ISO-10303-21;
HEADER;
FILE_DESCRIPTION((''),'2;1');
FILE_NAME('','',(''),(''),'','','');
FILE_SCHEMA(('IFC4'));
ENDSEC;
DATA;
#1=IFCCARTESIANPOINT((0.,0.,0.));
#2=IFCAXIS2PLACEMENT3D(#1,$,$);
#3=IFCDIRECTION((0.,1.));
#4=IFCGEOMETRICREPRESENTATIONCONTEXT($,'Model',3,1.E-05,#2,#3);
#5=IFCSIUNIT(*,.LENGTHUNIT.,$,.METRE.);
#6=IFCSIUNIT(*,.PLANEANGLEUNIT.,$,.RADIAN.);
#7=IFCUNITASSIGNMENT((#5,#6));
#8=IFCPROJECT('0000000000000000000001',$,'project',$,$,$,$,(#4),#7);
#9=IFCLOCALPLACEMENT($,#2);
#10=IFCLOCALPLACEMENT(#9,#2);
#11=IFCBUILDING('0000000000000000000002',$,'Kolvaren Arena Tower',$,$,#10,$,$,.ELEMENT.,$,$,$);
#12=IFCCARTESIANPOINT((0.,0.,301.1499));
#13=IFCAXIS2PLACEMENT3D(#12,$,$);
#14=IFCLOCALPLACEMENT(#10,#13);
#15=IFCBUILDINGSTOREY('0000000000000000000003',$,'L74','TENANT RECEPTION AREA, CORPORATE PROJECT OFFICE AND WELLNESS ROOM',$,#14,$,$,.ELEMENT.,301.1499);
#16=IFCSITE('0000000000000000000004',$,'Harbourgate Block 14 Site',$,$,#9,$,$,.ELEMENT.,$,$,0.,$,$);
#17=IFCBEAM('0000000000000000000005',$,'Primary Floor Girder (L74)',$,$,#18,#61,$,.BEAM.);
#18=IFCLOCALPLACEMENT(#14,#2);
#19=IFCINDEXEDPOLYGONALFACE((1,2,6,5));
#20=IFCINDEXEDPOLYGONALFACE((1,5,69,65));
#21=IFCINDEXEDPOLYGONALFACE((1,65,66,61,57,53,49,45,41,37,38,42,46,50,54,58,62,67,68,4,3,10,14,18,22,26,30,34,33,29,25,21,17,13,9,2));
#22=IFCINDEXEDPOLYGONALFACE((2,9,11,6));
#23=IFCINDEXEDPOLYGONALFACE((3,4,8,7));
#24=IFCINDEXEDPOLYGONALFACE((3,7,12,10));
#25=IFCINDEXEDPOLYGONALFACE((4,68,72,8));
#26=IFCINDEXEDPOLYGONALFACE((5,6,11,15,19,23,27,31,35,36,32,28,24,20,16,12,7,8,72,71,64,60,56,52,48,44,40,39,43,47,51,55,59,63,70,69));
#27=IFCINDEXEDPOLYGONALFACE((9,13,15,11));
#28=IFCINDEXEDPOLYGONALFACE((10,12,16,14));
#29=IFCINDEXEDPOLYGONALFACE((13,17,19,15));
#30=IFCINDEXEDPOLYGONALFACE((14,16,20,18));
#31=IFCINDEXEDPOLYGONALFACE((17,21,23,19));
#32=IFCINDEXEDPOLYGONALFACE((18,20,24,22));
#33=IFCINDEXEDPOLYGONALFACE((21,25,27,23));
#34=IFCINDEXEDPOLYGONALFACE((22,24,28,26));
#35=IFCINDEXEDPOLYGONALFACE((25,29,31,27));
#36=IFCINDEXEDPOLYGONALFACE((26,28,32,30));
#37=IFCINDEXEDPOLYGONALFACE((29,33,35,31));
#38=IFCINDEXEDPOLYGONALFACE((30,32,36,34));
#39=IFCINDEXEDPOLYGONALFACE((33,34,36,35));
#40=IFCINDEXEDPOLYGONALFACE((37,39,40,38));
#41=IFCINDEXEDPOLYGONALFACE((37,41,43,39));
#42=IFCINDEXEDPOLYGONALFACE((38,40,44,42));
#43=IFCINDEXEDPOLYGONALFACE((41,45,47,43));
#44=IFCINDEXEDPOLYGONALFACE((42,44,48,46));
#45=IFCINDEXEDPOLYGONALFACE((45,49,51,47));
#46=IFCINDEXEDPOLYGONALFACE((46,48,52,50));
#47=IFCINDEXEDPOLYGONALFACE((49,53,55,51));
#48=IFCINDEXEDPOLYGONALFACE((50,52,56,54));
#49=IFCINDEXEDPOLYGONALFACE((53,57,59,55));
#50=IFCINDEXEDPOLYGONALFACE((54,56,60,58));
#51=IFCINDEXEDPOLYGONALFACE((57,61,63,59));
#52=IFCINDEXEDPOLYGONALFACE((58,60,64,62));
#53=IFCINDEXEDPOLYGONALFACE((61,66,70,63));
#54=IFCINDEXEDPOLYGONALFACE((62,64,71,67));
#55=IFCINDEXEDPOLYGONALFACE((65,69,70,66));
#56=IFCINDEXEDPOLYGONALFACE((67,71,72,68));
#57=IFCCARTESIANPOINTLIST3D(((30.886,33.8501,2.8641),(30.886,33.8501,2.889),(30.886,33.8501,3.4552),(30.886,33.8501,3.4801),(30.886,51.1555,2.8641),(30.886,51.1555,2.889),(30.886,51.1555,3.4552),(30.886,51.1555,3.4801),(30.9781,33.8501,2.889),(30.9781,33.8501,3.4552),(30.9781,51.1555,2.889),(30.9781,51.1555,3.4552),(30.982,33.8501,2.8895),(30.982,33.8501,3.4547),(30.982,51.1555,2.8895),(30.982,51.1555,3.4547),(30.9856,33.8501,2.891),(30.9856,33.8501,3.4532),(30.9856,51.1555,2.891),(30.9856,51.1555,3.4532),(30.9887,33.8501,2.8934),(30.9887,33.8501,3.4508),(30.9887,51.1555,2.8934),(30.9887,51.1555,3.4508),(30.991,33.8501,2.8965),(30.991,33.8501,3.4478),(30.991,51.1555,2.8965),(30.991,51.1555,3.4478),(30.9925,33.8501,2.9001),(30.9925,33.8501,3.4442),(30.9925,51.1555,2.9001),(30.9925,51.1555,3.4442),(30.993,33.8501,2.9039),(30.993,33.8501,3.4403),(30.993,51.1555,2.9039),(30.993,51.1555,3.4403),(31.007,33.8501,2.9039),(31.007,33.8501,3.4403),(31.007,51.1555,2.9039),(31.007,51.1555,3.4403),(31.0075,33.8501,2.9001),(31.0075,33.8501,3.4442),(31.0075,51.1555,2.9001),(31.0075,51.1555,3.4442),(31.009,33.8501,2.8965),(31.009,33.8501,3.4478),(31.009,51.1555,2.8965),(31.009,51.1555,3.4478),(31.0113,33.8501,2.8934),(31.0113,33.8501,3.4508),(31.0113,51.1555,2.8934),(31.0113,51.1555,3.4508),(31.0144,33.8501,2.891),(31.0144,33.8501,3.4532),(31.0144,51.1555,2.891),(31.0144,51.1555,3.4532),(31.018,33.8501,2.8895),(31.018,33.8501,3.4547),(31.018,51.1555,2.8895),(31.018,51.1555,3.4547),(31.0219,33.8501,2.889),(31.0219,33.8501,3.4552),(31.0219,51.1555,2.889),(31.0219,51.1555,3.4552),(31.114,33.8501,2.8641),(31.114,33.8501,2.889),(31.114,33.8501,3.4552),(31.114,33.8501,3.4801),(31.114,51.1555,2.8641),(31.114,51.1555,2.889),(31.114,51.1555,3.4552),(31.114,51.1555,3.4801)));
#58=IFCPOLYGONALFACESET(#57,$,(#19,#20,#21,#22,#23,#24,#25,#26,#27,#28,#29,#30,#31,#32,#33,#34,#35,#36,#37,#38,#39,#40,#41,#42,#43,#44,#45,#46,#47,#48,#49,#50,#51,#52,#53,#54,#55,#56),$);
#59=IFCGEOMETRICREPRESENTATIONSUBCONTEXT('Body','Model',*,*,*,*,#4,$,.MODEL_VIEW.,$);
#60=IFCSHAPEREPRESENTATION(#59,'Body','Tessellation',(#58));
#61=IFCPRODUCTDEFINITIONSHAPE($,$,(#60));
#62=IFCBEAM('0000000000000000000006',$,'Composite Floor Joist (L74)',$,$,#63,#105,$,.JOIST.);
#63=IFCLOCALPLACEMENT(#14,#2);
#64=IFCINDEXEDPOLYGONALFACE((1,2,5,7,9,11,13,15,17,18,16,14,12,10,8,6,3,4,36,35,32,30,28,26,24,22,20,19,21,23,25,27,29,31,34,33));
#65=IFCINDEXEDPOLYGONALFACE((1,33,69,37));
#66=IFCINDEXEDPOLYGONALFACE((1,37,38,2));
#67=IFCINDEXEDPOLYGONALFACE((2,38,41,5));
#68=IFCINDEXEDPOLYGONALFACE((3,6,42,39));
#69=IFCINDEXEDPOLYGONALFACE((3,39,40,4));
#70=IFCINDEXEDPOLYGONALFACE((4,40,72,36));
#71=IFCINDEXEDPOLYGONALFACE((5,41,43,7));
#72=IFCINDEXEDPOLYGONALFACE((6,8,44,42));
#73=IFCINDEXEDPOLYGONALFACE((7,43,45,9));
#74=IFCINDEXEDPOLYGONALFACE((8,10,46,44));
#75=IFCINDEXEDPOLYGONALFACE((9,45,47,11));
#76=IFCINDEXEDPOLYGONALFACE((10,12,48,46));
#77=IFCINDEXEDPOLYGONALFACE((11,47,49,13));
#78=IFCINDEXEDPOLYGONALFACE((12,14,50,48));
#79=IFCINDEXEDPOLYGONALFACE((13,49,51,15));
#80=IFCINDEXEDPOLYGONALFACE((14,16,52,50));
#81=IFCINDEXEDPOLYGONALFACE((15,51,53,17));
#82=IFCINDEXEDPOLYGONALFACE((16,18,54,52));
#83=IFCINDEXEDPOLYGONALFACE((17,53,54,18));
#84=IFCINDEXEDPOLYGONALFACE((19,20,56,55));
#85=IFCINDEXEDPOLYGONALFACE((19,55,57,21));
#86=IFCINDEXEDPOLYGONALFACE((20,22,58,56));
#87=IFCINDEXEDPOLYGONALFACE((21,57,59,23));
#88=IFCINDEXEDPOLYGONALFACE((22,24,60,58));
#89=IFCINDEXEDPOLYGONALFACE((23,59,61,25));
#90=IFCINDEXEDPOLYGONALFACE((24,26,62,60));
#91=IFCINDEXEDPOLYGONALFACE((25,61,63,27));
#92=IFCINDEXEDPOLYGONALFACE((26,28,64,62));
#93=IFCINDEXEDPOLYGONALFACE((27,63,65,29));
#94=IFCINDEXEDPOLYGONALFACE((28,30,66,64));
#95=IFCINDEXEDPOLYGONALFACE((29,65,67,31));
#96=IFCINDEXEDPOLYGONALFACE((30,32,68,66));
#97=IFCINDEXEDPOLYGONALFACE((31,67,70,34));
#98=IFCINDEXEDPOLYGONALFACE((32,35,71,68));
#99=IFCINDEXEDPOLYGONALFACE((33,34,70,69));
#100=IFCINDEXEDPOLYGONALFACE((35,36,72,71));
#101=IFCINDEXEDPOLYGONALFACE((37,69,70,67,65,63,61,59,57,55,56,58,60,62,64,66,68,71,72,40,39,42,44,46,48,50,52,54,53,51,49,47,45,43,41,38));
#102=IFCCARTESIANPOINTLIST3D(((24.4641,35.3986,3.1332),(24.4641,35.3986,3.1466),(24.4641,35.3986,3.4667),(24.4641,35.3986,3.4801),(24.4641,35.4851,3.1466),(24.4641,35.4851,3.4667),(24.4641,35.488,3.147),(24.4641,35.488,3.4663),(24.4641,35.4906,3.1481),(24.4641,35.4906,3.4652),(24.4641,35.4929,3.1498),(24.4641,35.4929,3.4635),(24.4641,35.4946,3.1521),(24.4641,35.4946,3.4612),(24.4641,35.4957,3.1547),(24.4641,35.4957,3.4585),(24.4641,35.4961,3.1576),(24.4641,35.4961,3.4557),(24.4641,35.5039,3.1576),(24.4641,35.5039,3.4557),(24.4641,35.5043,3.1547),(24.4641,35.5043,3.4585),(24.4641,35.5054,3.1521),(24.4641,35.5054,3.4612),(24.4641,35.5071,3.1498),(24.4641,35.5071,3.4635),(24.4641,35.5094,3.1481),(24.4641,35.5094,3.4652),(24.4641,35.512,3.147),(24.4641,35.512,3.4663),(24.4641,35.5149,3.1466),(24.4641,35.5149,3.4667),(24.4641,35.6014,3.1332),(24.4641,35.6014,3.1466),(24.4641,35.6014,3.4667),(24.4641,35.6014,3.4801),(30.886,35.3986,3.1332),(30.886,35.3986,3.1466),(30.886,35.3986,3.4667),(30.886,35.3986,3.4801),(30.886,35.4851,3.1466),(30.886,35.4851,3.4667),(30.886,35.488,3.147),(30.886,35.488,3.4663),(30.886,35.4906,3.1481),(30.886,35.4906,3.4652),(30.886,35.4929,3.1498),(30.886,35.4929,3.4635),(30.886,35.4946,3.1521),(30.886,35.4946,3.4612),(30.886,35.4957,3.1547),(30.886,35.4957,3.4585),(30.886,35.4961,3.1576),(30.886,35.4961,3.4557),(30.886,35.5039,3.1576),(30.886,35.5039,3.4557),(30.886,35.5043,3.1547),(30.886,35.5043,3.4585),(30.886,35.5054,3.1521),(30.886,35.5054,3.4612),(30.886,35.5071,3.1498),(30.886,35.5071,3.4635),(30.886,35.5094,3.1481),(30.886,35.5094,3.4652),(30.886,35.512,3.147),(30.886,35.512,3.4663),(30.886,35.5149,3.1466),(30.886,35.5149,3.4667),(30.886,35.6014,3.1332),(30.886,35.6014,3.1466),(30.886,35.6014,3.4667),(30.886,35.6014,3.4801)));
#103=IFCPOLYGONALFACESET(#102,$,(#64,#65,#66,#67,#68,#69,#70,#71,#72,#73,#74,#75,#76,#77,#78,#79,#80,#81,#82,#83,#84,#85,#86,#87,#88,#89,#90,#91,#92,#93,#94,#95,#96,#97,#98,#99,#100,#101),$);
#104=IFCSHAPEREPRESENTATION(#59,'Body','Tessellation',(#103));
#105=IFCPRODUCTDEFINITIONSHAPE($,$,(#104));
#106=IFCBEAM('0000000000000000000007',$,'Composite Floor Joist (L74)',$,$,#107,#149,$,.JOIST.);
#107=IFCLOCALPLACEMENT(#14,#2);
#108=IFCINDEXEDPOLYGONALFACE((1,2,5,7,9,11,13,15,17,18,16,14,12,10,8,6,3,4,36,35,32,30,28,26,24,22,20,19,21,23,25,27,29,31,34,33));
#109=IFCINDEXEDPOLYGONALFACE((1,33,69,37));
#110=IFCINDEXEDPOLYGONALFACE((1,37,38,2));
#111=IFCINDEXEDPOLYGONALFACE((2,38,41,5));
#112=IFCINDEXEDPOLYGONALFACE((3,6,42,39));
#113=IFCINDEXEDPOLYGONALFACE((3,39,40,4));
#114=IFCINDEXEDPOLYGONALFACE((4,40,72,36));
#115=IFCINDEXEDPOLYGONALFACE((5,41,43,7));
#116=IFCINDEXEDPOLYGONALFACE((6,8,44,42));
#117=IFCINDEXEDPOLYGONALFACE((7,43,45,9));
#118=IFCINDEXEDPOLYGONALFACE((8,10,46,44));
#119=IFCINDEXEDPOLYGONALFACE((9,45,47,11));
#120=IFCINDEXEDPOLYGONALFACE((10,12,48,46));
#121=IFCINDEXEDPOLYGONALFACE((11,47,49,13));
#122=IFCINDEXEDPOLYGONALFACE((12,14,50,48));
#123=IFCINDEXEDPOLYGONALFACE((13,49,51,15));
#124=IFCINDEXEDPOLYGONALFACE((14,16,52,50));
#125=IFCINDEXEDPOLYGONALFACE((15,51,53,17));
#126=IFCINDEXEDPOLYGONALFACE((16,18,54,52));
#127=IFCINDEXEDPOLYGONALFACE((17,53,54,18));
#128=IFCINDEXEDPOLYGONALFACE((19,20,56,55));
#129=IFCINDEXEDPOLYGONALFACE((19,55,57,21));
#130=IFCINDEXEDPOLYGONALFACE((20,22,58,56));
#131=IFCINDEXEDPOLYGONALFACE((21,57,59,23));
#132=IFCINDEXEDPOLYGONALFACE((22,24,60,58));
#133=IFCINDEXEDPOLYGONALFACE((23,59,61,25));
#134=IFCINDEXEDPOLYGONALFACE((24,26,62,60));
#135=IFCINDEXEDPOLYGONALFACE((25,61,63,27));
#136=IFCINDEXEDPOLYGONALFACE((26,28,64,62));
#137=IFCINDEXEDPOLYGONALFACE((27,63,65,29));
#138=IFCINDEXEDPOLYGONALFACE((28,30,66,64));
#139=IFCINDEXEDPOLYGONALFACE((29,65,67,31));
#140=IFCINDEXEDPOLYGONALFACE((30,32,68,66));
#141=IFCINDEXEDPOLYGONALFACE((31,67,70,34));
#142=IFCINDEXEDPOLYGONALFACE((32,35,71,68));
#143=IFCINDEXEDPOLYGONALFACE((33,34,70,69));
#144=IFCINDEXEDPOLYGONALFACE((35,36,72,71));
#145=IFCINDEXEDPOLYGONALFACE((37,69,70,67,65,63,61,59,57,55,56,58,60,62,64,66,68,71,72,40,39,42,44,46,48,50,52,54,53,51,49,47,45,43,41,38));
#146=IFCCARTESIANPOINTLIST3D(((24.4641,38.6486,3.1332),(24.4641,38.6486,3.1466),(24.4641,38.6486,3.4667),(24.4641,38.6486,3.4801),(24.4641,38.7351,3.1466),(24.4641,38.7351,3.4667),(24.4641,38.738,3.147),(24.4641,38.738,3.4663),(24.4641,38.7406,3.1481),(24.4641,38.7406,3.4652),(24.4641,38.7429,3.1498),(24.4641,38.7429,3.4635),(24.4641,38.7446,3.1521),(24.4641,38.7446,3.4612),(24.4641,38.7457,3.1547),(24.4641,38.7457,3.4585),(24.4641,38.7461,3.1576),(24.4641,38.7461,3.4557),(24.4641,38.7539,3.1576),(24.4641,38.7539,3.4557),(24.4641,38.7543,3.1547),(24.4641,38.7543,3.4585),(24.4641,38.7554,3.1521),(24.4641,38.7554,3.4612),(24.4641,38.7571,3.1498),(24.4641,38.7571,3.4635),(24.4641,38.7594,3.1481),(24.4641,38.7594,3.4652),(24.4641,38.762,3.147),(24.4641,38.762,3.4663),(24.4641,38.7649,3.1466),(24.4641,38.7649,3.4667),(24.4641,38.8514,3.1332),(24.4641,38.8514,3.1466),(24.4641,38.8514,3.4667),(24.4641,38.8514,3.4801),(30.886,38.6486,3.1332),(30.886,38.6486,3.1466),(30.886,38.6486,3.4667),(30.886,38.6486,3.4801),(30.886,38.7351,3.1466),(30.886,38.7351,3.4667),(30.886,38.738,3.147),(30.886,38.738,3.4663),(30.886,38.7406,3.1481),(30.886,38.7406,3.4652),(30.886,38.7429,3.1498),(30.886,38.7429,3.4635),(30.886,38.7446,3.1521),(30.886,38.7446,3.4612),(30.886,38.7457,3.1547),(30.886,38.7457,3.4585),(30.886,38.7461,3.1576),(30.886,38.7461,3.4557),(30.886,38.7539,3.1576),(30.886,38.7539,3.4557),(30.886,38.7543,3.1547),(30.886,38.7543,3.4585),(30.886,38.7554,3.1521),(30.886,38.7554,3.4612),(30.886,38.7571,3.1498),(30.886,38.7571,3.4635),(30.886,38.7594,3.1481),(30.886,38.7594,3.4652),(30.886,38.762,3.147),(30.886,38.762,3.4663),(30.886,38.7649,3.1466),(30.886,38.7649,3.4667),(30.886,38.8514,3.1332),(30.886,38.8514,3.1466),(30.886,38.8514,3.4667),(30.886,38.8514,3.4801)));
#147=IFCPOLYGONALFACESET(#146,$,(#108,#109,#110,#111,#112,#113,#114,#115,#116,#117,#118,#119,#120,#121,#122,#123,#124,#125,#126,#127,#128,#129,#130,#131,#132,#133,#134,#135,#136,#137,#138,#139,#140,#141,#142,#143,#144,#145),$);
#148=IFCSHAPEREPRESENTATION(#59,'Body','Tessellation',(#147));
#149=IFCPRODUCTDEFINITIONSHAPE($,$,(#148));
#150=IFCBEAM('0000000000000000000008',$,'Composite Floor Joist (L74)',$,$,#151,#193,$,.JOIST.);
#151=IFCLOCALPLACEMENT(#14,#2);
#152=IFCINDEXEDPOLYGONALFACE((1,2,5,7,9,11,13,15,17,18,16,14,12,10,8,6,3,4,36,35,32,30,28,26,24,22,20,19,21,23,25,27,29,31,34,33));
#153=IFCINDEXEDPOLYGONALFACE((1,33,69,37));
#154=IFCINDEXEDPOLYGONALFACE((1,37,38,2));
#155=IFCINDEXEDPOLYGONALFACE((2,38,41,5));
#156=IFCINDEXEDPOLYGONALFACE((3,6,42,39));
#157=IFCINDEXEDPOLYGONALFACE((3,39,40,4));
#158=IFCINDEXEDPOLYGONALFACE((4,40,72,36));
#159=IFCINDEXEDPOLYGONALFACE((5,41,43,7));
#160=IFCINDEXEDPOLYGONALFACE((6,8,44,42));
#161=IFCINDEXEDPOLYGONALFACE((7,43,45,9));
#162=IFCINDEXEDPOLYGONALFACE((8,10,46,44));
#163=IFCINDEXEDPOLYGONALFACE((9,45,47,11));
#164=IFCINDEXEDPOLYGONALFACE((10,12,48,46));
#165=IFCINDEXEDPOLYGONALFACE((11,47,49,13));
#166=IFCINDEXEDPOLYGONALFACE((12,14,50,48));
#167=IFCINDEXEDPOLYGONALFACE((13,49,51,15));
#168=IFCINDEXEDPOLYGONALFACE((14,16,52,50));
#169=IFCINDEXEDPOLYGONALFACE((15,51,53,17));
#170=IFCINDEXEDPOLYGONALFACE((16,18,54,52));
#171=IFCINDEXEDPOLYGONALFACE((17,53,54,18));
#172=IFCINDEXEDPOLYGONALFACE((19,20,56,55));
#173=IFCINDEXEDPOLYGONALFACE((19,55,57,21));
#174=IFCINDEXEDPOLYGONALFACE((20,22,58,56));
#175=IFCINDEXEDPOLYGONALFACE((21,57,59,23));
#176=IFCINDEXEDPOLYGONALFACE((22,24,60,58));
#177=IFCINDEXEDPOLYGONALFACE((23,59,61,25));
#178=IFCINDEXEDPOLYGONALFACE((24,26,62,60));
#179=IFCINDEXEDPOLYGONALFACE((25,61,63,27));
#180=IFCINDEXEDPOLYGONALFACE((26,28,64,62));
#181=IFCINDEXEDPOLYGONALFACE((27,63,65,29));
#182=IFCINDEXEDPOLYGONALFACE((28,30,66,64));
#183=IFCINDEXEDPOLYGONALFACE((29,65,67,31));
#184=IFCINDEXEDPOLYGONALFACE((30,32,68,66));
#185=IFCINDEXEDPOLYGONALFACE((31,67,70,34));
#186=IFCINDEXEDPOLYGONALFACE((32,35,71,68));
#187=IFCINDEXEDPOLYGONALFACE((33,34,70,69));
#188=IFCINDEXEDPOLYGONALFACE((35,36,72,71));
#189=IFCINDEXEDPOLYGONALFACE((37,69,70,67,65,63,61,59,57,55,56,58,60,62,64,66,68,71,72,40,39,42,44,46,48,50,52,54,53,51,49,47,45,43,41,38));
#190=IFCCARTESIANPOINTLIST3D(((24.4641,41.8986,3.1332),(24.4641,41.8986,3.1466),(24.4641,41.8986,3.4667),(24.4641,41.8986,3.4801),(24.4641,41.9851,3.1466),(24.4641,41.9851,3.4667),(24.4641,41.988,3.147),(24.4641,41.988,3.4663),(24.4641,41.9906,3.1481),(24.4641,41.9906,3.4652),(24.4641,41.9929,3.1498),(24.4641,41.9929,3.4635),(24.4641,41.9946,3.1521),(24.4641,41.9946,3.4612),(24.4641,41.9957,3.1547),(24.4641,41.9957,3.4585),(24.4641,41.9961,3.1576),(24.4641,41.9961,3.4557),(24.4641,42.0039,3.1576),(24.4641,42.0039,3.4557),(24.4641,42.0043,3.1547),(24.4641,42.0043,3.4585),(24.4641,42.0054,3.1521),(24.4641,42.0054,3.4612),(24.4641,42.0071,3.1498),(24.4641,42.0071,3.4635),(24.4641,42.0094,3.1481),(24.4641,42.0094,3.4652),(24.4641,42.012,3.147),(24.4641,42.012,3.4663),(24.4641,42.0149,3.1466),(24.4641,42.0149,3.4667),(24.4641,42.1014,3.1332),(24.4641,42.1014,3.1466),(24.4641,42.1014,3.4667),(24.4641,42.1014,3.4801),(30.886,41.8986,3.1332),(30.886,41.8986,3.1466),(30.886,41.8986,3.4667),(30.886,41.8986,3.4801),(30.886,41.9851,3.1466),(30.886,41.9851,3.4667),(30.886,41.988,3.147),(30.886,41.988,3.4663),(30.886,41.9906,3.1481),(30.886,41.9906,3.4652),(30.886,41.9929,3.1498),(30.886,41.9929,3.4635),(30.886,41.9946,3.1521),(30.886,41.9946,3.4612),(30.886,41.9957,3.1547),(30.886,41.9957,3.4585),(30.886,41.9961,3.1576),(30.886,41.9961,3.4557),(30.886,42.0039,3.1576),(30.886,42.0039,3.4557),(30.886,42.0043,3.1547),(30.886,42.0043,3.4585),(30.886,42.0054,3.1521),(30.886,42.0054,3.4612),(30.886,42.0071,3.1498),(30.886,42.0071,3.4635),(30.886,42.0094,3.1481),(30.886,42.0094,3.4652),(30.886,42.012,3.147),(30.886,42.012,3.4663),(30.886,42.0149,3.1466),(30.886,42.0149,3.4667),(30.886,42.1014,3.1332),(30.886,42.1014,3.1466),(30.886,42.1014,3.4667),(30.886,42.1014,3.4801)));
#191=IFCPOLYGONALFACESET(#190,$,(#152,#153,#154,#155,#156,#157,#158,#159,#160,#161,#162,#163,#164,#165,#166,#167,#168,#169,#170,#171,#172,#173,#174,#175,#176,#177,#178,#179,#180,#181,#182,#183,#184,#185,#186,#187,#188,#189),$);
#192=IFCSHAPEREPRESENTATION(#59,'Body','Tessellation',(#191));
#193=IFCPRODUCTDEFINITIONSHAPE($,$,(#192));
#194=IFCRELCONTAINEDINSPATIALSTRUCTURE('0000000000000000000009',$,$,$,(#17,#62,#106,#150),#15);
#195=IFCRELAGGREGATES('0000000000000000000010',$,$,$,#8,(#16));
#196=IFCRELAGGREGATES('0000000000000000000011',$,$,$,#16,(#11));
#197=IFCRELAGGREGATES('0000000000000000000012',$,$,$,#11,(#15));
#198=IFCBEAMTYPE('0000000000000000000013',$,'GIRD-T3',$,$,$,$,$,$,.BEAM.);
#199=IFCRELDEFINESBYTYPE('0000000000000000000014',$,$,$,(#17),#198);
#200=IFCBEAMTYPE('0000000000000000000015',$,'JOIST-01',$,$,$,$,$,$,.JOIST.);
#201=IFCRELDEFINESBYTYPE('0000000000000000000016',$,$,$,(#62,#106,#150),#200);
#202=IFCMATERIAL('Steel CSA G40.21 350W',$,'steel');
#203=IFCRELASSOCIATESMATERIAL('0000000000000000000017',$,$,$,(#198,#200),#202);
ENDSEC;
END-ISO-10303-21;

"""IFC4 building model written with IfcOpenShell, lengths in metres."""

from ifc_helpers import new_model, si_unit, direction, frame, origin, origin_2d, place, context, subcontext, project, spatial, i_section, extrude, material, material_profile, profile_set, type_object, element, save


model = new_model("IFC4")

# Units and contexts
model_context = context("Model", 3, precision=1e-05, world=origin(), true_north=direction((0.0, 1.0)))
body_context = subcontext(model_context, "Body", "Model", "MODEL_VIEW")
ifc_project = project(units=[si_unit("LENGTHUNIT", "METRE"), si_unit("PLANEANGLEUNIT", "RADIAN")], contexts=[model_context])

# Site, building, storey
site_placement = place(None, origin())
site = spatial("IfcSite", under=ifc_project, at=site_placement, Name="Harbourgate Block 14 Site", CompositionType="ELEMENT", RefElevation=0.0)
building_placement = place(site_placement, origin())
building = spatial("IfcBuilding", under=site, at=building_placement, Name="Kolvaren Arena Tower", CompositionType="ELEMENT")
storey_placement = place(building_placement, frame((0.0, 0.0, 301.1499)))
storey = spatial("IfcBuildingStorey", under=building, at=storey_placement, Name="L74", Description="TENANT RECEPTION AREA, CORPORATE PROJECT OFFICE AND WELLNESS ROOM", CompositionType="ELEMENT", Elevation=301.1499)

# Beams
ifc_material_1 = material(Name="Steel CSA G40.21 350W", Category="steel")
ifc_material_profile_1 = material_profile(ifc_material_1, i_section(OverallWidth=0.228, OverallDepth=0.616, WebThickness=0.0139, FlangeThickness=0.0249, FilletRadius=0.0149, at=origin_2d()), Name="W610x174")
ifc_profile_set_1 = profile_set([ifc_material_profile_1], Name="Steel CSA G40.21 350W")
beam_type_1 = type_object("IfcBeamType", Name="GIRD-T3", PredefinedType="BEAM", material=ifc_profile_set_1)
beam_1_placement = place(storey_placement, frame((31.0, 33.8501, 3.1721), z_axis=(0.0, 1.0, 0.0), x_axis=(-1.0, 0.0, 0.0)))
element("IfcBeam", 1, at=beam_1_placement, inside=storey, type_object=beam_type_1, Name="Primary Floor Girder (L74)", PredefinedType="BEAM", context=body_context, shape_type="SweptSolid", body=[
    extrude(i_section(OverallWidth=0.228, OverallDepth=0.616, WebThickness=0.0139, FlangeThickness=0.0249, FilletRadius=0.0149, at=origin_2d()), origin(), (0.0, 0.0, 1.0), 17.3054),
])
ifc_material_profile_2 = material_profile(ifc_material_1, i_section(OverallWidth=0.2029, OverallDepth=0.3469, WebThickness=0.0078, FlangeThickness=0.0134, FilletRadius=0.011, at=origin_2d()), Name="W360x64")
ifc_profile_set_2 = profile_set([ifc_material_profile_2], Name="Steel CSA G40.21 350W")
beam_type_2 = type_object("IfcBeamType", Name="JOIST-01", PredefinedType="JOIST", material=ifc_profile_set_2)
for number, where, z_axis, x_axis, name in (
    (2, (24.4641, 35.5, 3.3066), (1.0, 0.0, 0.0), (0.0, 1.0, 0.0), "Composite Floor Joist (L74)"),
    (3, (24.4641, 38.75, 3.3066), (1.0, 0.0, 0.0), (0.0, 1.0, 0.0), "Composite Floor Joist (L74)"),
    (4, (24.4641, 42.0, 3.3066), (1.0, 0.0, 0.0), (0.0, 1.0, 0.0), "Composite Floor Joist (L74)"),
):
    element("IfcBeam", number, at=place(storey_placement, frame(where, z_axis=z_axis, x_axis=x_axis)), inside=storey, type_object=beam_type_2, Name=name, PredefinedType="JOIST", context=body_context, shape_type="SweptSolid", body=[
        extrude(i_section(OverallWidth=0.2029, OverallDepth=0.3469, WebThickness=0.0078, FlangeThickness=0.0134, FilletRadius=0.011, at=origin_2d()), origin(), (0.0, 0.0, 1.0), 6.4219),
    ])

save(model, "model.ifc")
